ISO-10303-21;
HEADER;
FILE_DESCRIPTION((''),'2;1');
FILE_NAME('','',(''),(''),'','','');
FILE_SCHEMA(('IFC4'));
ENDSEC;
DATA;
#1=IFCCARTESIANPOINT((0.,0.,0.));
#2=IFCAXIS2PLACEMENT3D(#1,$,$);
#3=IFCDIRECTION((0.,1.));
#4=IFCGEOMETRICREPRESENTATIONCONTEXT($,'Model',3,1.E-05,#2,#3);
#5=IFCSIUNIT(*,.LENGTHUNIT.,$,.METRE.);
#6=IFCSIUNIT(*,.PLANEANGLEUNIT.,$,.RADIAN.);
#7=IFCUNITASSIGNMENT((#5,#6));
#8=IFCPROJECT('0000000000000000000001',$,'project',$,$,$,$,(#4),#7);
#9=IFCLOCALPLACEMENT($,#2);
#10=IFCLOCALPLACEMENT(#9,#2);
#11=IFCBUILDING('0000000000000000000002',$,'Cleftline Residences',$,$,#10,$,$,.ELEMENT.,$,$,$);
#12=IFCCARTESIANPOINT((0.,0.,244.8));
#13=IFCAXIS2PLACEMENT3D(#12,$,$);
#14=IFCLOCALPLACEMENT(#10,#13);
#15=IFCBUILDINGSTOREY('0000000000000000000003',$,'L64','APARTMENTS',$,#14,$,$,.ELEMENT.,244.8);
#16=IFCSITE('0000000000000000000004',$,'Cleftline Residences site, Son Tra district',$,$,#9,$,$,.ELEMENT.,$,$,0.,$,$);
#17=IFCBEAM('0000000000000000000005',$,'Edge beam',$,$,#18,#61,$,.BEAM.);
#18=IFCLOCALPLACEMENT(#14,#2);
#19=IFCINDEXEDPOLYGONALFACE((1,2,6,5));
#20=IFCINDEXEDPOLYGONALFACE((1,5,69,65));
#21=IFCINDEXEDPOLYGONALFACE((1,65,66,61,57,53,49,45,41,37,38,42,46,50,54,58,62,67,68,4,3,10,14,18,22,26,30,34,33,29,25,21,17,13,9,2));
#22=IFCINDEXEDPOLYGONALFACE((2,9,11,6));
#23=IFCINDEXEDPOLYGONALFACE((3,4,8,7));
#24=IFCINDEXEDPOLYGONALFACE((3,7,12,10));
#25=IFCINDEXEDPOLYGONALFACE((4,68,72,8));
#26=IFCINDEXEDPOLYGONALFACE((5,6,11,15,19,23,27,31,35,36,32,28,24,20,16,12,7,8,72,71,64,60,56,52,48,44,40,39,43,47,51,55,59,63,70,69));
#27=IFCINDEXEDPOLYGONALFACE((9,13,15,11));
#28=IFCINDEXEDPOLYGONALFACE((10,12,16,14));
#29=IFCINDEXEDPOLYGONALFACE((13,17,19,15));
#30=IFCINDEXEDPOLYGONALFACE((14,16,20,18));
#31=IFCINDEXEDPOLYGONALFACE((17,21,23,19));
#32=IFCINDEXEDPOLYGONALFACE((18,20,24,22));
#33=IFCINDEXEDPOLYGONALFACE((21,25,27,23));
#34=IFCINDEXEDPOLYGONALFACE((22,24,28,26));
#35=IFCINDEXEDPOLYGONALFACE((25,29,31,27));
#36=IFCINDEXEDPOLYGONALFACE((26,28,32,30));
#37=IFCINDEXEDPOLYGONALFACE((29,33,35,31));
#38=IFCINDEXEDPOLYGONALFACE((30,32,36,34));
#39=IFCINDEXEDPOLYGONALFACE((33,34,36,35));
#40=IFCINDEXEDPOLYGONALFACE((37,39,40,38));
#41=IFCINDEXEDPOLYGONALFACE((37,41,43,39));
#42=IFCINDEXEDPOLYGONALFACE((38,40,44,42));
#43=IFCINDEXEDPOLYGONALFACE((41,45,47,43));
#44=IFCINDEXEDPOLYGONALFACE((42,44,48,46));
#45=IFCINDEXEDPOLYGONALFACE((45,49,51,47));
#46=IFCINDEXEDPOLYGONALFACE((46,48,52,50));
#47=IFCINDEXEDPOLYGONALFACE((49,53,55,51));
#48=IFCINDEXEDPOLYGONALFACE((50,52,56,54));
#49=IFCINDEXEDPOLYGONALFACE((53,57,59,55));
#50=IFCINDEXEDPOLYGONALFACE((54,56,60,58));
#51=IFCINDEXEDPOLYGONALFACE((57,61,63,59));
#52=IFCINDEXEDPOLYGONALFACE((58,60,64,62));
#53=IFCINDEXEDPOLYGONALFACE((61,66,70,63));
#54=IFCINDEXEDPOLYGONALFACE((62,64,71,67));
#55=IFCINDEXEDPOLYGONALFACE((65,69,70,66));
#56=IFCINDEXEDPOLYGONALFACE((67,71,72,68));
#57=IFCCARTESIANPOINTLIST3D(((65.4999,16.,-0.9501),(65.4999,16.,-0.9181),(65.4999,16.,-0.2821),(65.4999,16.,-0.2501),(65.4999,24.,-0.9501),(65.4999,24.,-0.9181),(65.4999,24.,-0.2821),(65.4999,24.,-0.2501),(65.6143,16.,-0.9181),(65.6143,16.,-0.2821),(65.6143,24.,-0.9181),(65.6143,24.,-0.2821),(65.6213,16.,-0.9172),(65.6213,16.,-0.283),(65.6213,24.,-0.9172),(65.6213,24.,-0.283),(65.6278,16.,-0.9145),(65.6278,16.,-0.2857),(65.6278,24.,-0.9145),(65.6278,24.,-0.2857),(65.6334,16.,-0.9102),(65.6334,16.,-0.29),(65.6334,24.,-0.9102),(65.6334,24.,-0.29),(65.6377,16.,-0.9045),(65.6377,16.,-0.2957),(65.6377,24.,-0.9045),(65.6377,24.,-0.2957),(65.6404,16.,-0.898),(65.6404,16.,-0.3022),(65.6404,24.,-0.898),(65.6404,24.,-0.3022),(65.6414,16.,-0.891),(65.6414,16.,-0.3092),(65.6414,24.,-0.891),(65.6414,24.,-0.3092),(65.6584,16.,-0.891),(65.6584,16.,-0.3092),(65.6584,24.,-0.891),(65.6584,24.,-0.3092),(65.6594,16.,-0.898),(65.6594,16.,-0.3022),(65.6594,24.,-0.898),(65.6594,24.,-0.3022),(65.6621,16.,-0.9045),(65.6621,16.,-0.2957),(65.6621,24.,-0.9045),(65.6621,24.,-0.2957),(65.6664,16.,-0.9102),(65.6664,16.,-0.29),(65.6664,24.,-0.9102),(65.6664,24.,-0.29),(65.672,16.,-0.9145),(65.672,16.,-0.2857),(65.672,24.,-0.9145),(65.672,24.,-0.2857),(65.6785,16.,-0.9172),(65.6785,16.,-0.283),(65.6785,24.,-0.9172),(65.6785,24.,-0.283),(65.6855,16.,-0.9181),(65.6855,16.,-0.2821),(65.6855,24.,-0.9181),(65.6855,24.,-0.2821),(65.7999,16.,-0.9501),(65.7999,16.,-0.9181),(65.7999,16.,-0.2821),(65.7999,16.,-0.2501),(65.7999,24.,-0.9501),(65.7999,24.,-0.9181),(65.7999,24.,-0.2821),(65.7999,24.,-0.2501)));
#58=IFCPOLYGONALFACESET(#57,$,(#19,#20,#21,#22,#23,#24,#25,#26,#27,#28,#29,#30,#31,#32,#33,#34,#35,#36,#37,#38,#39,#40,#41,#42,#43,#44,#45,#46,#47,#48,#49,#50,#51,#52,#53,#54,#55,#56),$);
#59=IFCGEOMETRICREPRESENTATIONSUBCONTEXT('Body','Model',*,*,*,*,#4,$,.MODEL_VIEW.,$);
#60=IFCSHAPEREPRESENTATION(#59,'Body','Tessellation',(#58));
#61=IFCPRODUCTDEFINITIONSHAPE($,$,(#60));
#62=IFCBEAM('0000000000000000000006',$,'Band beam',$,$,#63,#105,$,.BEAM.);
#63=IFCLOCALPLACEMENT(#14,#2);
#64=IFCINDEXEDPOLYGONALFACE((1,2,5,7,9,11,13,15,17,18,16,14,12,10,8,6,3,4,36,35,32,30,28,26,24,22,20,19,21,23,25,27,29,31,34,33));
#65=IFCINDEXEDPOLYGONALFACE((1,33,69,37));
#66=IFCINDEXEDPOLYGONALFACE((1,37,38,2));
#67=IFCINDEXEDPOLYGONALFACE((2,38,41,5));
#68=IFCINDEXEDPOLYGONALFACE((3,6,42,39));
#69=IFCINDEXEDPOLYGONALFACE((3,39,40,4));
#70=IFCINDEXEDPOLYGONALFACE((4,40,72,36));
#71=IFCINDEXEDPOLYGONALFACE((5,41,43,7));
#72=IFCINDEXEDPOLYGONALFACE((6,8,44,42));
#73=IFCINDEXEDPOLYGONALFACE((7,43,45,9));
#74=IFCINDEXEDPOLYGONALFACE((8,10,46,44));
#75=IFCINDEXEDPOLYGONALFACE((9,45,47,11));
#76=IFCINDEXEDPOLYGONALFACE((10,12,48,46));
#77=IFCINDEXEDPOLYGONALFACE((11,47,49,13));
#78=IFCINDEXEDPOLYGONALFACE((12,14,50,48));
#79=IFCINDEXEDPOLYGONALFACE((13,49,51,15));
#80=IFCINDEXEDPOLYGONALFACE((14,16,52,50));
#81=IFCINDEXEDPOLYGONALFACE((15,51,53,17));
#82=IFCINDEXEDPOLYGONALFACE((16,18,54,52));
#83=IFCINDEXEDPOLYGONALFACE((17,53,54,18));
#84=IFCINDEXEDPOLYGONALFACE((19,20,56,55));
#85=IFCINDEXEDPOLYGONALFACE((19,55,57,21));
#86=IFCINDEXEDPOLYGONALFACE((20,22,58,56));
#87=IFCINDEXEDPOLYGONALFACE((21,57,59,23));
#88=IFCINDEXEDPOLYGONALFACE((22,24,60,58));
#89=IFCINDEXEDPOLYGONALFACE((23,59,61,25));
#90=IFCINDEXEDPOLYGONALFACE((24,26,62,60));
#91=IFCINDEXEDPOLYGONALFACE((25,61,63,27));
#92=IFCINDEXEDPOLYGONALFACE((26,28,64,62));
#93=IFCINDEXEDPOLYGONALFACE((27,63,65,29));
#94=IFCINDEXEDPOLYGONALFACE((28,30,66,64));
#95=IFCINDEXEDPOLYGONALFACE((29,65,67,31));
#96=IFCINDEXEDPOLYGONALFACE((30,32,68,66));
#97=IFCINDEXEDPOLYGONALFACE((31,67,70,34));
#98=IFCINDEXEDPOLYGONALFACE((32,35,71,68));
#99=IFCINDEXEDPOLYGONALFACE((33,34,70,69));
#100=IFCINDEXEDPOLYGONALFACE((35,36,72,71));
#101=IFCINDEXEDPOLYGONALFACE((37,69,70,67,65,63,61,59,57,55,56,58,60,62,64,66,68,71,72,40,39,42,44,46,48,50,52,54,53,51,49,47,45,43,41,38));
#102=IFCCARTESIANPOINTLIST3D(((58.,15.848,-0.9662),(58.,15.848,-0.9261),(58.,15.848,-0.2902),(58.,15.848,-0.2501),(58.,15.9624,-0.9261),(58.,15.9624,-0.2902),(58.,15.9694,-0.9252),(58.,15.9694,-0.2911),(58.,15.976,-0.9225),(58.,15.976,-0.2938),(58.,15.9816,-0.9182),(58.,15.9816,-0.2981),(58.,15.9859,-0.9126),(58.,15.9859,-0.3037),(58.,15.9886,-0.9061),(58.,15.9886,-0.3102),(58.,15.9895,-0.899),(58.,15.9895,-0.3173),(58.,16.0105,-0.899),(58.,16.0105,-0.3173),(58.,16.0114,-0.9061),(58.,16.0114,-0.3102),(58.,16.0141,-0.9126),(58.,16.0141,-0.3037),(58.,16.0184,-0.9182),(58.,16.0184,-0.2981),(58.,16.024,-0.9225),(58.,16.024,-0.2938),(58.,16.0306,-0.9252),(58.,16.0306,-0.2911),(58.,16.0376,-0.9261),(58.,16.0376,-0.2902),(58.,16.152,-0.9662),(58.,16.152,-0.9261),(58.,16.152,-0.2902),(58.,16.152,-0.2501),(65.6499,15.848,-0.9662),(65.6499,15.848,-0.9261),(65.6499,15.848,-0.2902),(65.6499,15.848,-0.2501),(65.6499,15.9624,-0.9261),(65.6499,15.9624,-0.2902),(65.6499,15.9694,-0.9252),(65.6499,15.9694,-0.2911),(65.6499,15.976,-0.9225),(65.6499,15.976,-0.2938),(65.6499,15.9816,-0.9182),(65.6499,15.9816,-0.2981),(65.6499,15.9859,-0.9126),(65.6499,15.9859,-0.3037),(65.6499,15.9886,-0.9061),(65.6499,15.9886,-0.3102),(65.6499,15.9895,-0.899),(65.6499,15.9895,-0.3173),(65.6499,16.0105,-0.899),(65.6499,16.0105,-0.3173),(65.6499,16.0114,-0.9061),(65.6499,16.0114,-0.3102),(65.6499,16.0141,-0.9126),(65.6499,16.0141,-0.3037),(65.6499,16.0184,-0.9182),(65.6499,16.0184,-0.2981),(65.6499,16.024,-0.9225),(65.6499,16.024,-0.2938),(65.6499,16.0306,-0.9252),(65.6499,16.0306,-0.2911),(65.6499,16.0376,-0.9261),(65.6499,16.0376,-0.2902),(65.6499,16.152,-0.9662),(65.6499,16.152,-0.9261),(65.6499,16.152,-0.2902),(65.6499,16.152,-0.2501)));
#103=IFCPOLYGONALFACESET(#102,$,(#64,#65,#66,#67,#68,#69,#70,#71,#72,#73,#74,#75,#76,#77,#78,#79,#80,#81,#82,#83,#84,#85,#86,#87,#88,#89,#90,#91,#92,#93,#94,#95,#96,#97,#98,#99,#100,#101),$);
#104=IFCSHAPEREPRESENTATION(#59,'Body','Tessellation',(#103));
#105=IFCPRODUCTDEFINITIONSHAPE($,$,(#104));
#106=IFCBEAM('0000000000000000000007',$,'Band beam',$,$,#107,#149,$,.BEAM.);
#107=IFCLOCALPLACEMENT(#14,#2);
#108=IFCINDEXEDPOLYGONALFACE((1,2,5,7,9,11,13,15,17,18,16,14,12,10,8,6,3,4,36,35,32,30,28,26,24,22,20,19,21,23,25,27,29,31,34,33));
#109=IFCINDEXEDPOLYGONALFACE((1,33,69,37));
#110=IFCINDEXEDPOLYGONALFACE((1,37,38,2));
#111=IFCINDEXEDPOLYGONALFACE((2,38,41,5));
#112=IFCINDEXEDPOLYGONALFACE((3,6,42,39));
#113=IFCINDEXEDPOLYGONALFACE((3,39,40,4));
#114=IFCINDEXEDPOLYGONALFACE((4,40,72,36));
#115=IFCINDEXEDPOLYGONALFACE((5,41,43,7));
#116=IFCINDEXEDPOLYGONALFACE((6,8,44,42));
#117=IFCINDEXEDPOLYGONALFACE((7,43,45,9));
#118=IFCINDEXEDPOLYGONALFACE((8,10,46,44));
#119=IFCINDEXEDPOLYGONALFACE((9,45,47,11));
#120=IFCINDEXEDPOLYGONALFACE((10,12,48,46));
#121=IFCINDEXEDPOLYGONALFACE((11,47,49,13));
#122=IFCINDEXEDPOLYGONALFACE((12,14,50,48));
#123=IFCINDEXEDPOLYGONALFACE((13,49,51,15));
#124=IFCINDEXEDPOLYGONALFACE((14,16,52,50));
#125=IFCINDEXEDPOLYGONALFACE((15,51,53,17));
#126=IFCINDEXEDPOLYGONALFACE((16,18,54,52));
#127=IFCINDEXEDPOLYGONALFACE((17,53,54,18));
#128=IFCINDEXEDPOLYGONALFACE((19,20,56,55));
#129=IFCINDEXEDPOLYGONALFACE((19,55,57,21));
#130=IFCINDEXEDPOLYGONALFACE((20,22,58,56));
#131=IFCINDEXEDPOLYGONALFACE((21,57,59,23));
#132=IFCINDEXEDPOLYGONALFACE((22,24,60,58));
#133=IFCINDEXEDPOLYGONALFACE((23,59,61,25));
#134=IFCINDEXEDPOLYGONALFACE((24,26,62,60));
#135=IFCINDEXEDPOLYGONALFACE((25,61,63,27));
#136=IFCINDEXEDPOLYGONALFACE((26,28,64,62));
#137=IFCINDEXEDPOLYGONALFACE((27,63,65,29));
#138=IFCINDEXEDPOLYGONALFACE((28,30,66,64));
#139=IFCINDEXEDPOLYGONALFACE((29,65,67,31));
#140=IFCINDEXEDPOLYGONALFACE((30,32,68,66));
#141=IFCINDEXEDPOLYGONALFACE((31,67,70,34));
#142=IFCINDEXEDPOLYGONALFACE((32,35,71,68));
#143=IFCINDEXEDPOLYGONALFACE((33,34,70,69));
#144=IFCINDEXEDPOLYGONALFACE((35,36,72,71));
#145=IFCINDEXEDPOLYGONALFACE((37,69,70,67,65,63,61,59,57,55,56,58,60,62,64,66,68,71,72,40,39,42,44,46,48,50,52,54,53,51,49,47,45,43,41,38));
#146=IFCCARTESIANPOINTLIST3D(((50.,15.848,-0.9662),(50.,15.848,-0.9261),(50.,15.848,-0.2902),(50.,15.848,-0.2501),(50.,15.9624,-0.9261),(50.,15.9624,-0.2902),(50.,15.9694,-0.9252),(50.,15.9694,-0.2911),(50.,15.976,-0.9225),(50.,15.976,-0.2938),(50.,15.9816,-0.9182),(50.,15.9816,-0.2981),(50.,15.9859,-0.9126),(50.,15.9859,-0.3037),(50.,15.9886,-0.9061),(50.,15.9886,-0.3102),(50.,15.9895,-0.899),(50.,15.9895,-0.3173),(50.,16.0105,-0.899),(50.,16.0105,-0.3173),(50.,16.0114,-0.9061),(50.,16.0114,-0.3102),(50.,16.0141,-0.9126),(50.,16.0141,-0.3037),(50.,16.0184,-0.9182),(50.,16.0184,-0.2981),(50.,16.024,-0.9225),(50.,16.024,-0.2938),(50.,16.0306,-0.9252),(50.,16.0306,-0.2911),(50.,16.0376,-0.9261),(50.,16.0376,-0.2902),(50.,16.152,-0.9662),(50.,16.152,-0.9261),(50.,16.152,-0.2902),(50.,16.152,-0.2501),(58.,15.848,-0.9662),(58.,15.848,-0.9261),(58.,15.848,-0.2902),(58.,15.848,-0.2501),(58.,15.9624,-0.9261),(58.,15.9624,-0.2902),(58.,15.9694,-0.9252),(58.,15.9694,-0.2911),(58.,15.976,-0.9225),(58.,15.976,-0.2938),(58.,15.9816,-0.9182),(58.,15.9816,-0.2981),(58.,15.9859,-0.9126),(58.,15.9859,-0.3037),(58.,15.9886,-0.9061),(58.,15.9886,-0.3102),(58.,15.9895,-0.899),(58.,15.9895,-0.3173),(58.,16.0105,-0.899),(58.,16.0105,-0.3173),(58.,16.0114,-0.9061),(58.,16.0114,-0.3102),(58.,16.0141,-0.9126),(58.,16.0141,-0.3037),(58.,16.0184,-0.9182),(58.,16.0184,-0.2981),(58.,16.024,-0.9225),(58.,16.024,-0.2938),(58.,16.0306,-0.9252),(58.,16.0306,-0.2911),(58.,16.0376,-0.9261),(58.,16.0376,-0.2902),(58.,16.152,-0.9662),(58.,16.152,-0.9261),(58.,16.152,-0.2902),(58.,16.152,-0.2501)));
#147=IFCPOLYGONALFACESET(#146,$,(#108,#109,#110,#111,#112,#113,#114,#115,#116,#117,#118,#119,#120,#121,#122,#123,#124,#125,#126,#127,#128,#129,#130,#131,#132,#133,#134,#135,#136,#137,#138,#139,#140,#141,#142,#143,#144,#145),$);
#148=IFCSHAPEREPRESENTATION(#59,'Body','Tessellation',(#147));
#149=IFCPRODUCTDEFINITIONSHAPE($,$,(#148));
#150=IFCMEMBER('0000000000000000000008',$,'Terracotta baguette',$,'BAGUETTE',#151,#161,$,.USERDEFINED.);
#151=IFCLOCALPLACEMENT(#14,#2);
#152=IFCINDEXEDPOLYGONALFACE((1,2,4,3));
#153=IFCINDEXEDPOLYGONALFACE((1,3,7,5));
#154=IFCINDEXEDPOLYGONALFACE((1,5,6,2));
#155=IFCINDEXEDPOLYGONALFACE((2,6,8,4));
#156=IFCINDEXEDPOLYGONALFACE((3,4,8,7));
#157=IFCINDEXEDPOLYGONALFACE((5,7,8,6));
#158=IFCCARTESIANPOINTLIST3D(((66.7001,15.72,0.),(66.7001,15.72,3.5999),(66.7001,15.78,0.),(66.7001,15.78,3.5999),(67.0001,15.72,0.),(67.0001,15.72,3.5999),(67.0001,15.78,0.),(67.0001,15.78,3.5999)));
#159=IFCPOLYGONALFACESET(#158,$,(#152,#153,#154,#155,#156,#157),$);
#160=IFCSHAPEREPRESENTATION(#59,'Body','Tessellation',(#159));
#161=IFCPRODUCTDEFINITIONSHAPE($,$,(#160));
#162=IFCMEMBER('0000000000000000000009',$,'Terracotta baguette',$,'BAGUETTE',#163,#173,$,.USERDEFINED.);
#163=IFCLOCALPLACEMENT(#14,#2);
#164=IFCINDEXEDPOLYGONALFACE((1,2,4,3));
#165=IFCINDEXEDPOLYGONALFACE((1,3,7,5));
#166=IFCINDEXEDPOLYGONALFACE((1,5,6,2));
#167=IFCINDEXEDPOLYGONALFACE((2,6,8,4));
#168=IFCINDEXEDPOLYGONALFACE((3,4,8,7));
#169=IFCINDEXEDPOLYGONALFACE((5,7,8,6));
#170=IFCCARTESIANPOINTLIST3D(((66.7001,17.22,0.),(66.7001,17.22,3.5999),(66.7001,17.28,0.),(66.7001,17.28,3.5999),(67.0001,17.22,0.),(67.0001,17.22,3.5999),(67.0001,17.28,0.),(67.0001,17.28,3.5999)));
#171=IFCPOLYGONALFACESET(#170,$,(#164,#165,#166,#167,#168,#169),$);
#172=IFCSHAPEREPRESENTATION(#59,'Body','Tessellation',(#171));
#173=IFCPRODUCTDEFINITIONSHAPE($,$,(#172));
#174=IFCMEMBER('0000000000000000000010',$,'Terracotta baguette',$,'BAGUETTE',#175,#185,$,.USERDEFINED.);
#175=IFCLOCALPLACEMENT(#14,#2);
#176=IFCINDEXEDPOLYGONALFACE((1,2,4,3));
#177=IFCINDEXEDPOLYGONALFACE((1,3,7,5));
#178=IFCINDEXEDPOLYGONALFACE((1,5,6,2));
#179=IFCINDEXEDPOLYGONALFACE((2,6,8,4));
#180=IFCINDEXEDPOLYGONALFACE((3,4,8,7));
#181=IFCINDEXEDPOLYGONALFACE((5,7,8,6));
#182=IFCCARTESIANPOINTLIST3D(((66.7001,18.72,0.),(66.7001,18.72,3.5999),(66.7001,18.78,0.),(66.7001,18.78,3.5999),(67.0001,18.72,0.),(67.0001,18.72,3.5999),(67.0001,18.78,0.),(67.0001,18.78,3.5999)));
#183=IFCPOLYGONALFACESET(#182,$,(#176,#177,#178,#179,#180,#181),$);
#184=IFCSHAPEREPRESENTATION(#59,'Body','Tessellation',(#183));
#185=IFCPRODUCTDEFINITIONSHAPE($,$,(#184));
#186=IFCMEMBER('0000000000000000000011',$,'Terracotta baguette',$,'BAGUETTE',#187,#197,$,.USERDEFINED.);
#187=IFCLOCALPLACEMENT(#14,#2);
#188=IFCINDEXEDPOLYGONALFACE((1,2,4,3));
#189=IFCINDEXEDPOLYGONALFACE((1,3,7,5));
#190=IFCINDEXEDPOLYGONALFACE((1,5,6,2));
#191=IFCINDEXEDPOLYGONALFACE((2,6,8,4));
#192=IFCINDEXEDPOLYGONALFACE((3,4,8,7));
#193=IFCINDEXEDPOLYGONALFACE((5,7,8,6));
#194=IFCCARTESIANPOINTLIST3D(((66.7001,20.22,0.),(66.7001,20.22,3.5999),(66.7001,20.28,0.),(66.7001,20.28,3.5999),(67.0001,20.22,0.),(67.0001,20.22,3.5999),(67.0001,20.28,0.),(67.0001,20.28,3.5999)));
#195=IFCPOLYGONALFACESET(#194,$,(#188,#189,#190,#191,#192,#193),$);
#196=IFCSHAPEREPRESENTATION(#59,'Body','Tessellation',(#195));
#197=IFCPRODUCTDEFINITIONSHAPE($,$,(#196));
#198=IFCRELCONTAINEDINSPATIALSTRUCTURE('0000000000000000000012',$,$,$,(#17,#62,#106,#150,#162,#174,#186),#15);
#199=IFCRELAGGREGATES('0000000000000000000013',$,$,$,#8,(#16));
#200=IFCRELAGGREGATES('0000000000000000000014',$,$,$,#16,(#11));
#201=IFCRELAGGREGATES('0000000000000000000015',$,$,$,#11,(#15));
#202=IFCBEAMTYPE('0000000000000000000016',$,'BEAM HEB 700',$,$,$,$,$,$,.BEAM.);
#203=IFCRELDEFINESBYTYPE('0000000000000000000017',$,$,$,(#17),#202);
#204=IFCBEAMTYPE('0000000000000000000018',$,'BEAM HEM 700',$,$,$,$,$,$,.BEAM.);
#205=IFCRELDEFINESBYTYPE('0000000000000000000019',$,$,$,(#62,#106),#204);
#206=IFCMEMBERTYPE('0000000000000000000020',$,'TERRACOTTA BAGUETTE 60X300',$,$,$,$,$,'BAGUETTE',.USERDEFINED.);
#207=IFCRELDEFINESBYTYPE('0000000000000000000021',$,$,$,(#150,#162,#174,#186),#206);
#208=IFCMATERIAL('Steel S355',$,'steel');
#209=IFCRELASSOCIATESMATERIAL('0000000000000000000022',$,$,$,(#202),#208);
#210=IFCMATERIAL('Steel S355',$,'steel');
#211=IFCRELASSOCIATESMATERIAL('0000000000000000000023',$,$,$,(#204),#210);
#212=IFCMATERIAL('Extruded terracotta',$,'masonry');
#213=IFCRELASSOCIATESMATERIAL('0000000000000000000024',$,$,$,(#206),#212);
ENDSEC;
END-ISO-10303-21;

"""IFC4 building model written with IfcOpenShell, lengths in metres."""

from ifc_helpers import new_model, si_unit, direction, frame, origin, origin_2d, place, context, subcontext, project, spatial, rectangle, i_section, extrude, material, material_profile, profile_set, type_object, element, save


model = new_model("IFC4")

# Units and contexts
model_context = context("Model", 3, precision=1e-05, world=origin(), true_north=direction((0.0, 1.0)))
body_context = subcontext(model_context, "Body", "Model", "MODEL_VIEW")
ifc_project = project(units=[si_unit("LENGTHUNIT", "METRE"), si_unit("PLANEANGLEUNIT", "RADIAN")], contexts=[model_context])

# Site, building, storey
site_placement = place(None, origin())
site = spatial("IfcSite", under=ifc_project, at=site_placement, Name="Cleftline Residences site, Son Tra district", CompositionType="ELEMENT", RefElevation=0.0)
building_placement = place(site_placement, origin())
building = spatial("IfcBuilding", under=site, at=building_placement, Name="Cleftline Residences", CompositionType="ELEMENT")
storey_placement = place(building_placement, frame((0.0, 0.0, 244.8)))
storey = spatial("IfcBuildingStorey", under=building, at=storey_placement, Name="L64", Description="APARTMENTS", CompositionType="ELEMENT", Elevation=244.8)

# Beams
ifc_material_1 = material(Name="Steel S355", Category="steel")
ifc_material_profile_1 = material_profile(ifc_material_1, i_section(OverallWidth=0.3, OverallDepth=0.7, WebThickness=0.0171, FlangeThickness=0.032, FilletRadius=0.0271, at=origin_2d()))
ifc_profile_set_1 = profile_set([ifc_material_profile_1], Name="Steel S355")
beam_type_1 = type_object("IfcBeamType", Name="BEAM HEB 700", PredefinedType="BEAM", material=ifc_profile_set_1)
beam_1_placement = place(storey_placement, frame((65.6499, 16.0, -0.6001), z_axis=(0.0, 1.0, 0.0), x_axis=(-1.0, 0.0, 0.0)))
element("IfcBeam", 1, at=beam_1_placement, inside=storey, type_object=beam_type_1, Name="Edge beam", PredefinedType="BEAM", context=body_context, shape_type="SweptSolid", body=[
    extrude(i_section(OverallWidth=0.3, OverallDepth=0.7, WebThickness=0.0171, FlangeThickness=0.032, FilletRadius=0.0271, at=origin_2d()), origin(), (0.0, 0.0, 1.0), 8.0),
])
ifc_material_2 = material(Name="Steel S355", Category="steel")
ifc_material_profile_2 = material_profile(ifc_material_2, i_section(OverallWidth=0.304, OverallDepth=0.7161, WebThickness=0.021, FlangeThickness=0.04, FilletRadius=0.0271, at=origin_2d()))
ifc_profile_set_2 = profile_set([ifc_material_profile_2], Name="Steel S355")
beam_type_2 = type_object("IfcBeamType", Name="BEAM HEM 700", PredefinedType="BEAM", material=ifc_profile_set_2)
beam_2_placement = place(storey_placement, frame((65.6499, 16.0, -0.6082), z_axis=(-1.0, 0.0, 0.0), x_axis=(0.0, -1.0, 0.0)))
element("IfcBeam", 2, at=beam_2_placement, inside=storey, type_object=beam_type_2, Name="Band beam", PredefinedType="BEAM", context=body_context, shape_type="SweptSolid", body=[
    extrude(i_section(OverallWidth=0.304, OverallDepth=0.7161, WebThickness=0.021, FlangeThickness=0.04, FilletRadius=0.0271, at=origin_2d()), origin(), (0.0, 0.0, 1.0), 7.6499),
])
beam_3_placement = place(storey_placement, frame((58.0, 16.0, -0.6082), z_axis=(-1.0, 0.0, 0.0), x_axis=(0.0, -1.0, 0.0)))
element("IfcBeam", 3, at=beam_3_placement, inside=storey, type_object=beam_type_2, Name="Band beam", PredefinedType="BEAM", context=body_context, shape_type="SweptSolid", body=[
    extrude(i_section(OverallWidth=0.304, OverallDepth=0.7161, WebThickness=0.021, FlangeThickness=0.04, FilletRadius=0.0271, at=origin_2d()), origin(), (0.0, 0.0, 1.0), 8.0),
])

# Members
ifc_material_3 = material(Name="Extruded terracotta", Category="masonry")
ifc_material_profile_3 = material_profile(ifc_material_3, rectangle(XDim=0.0601, YDim=0.3, at=origin_2d()))
ifc_profile_set_3 = profile_set([ifc_material_profile_3], Name="Extruded terracotta")
member_type_1 = type_object("IfcMemberType", Name="TERRACOTTA BAGUETTE 60X300", ElementType="BAGUETTE", PredefinedType="USERDEFINED", material=ifc_profile_set_3)
for number, where, z_axis, x_axis, name in (
    (4, (66.8501, 15.75, 0.0), (0.0, 0.0, 1.0), (0.0, 1.0, 0.0), "Terracotta baguette"),
    (5, (66.8501, 17.25, 0.0), (0.0, 0.0, 1.0), (0.0, 1.0, 0.0), "Terracotta baguette"),
    (6, (66.8501, 18.75, 0.0), (0.0, 0.0, 1.0), (0.0, 1.0, 0.0), "Terracotta baguette"),
    (7, (66.8501, 20.25, 0.0), (0.0, 0.0, 1.0), (0.0, 1.0, 0.0), "Terracotta baguette"),
):
    element("IfcMember", number, at=place(storey_placement, frame(where, z_axis=z_axis, x_axis=x_axis)), inside=storey, type_object=member_type_1, Name=name, ObjectType="BAGUETTE", PredefinedType="USERDEFINED", context=body_context, shape_type="SweptSolid", body=[
        extrude(rectangle(XDim=0.0601, YDim=0.3, at=origin_2d()), origin(), (0.0, 0.0, 1.0), 3.5999),
    ])

save(model, "model.ifc")
